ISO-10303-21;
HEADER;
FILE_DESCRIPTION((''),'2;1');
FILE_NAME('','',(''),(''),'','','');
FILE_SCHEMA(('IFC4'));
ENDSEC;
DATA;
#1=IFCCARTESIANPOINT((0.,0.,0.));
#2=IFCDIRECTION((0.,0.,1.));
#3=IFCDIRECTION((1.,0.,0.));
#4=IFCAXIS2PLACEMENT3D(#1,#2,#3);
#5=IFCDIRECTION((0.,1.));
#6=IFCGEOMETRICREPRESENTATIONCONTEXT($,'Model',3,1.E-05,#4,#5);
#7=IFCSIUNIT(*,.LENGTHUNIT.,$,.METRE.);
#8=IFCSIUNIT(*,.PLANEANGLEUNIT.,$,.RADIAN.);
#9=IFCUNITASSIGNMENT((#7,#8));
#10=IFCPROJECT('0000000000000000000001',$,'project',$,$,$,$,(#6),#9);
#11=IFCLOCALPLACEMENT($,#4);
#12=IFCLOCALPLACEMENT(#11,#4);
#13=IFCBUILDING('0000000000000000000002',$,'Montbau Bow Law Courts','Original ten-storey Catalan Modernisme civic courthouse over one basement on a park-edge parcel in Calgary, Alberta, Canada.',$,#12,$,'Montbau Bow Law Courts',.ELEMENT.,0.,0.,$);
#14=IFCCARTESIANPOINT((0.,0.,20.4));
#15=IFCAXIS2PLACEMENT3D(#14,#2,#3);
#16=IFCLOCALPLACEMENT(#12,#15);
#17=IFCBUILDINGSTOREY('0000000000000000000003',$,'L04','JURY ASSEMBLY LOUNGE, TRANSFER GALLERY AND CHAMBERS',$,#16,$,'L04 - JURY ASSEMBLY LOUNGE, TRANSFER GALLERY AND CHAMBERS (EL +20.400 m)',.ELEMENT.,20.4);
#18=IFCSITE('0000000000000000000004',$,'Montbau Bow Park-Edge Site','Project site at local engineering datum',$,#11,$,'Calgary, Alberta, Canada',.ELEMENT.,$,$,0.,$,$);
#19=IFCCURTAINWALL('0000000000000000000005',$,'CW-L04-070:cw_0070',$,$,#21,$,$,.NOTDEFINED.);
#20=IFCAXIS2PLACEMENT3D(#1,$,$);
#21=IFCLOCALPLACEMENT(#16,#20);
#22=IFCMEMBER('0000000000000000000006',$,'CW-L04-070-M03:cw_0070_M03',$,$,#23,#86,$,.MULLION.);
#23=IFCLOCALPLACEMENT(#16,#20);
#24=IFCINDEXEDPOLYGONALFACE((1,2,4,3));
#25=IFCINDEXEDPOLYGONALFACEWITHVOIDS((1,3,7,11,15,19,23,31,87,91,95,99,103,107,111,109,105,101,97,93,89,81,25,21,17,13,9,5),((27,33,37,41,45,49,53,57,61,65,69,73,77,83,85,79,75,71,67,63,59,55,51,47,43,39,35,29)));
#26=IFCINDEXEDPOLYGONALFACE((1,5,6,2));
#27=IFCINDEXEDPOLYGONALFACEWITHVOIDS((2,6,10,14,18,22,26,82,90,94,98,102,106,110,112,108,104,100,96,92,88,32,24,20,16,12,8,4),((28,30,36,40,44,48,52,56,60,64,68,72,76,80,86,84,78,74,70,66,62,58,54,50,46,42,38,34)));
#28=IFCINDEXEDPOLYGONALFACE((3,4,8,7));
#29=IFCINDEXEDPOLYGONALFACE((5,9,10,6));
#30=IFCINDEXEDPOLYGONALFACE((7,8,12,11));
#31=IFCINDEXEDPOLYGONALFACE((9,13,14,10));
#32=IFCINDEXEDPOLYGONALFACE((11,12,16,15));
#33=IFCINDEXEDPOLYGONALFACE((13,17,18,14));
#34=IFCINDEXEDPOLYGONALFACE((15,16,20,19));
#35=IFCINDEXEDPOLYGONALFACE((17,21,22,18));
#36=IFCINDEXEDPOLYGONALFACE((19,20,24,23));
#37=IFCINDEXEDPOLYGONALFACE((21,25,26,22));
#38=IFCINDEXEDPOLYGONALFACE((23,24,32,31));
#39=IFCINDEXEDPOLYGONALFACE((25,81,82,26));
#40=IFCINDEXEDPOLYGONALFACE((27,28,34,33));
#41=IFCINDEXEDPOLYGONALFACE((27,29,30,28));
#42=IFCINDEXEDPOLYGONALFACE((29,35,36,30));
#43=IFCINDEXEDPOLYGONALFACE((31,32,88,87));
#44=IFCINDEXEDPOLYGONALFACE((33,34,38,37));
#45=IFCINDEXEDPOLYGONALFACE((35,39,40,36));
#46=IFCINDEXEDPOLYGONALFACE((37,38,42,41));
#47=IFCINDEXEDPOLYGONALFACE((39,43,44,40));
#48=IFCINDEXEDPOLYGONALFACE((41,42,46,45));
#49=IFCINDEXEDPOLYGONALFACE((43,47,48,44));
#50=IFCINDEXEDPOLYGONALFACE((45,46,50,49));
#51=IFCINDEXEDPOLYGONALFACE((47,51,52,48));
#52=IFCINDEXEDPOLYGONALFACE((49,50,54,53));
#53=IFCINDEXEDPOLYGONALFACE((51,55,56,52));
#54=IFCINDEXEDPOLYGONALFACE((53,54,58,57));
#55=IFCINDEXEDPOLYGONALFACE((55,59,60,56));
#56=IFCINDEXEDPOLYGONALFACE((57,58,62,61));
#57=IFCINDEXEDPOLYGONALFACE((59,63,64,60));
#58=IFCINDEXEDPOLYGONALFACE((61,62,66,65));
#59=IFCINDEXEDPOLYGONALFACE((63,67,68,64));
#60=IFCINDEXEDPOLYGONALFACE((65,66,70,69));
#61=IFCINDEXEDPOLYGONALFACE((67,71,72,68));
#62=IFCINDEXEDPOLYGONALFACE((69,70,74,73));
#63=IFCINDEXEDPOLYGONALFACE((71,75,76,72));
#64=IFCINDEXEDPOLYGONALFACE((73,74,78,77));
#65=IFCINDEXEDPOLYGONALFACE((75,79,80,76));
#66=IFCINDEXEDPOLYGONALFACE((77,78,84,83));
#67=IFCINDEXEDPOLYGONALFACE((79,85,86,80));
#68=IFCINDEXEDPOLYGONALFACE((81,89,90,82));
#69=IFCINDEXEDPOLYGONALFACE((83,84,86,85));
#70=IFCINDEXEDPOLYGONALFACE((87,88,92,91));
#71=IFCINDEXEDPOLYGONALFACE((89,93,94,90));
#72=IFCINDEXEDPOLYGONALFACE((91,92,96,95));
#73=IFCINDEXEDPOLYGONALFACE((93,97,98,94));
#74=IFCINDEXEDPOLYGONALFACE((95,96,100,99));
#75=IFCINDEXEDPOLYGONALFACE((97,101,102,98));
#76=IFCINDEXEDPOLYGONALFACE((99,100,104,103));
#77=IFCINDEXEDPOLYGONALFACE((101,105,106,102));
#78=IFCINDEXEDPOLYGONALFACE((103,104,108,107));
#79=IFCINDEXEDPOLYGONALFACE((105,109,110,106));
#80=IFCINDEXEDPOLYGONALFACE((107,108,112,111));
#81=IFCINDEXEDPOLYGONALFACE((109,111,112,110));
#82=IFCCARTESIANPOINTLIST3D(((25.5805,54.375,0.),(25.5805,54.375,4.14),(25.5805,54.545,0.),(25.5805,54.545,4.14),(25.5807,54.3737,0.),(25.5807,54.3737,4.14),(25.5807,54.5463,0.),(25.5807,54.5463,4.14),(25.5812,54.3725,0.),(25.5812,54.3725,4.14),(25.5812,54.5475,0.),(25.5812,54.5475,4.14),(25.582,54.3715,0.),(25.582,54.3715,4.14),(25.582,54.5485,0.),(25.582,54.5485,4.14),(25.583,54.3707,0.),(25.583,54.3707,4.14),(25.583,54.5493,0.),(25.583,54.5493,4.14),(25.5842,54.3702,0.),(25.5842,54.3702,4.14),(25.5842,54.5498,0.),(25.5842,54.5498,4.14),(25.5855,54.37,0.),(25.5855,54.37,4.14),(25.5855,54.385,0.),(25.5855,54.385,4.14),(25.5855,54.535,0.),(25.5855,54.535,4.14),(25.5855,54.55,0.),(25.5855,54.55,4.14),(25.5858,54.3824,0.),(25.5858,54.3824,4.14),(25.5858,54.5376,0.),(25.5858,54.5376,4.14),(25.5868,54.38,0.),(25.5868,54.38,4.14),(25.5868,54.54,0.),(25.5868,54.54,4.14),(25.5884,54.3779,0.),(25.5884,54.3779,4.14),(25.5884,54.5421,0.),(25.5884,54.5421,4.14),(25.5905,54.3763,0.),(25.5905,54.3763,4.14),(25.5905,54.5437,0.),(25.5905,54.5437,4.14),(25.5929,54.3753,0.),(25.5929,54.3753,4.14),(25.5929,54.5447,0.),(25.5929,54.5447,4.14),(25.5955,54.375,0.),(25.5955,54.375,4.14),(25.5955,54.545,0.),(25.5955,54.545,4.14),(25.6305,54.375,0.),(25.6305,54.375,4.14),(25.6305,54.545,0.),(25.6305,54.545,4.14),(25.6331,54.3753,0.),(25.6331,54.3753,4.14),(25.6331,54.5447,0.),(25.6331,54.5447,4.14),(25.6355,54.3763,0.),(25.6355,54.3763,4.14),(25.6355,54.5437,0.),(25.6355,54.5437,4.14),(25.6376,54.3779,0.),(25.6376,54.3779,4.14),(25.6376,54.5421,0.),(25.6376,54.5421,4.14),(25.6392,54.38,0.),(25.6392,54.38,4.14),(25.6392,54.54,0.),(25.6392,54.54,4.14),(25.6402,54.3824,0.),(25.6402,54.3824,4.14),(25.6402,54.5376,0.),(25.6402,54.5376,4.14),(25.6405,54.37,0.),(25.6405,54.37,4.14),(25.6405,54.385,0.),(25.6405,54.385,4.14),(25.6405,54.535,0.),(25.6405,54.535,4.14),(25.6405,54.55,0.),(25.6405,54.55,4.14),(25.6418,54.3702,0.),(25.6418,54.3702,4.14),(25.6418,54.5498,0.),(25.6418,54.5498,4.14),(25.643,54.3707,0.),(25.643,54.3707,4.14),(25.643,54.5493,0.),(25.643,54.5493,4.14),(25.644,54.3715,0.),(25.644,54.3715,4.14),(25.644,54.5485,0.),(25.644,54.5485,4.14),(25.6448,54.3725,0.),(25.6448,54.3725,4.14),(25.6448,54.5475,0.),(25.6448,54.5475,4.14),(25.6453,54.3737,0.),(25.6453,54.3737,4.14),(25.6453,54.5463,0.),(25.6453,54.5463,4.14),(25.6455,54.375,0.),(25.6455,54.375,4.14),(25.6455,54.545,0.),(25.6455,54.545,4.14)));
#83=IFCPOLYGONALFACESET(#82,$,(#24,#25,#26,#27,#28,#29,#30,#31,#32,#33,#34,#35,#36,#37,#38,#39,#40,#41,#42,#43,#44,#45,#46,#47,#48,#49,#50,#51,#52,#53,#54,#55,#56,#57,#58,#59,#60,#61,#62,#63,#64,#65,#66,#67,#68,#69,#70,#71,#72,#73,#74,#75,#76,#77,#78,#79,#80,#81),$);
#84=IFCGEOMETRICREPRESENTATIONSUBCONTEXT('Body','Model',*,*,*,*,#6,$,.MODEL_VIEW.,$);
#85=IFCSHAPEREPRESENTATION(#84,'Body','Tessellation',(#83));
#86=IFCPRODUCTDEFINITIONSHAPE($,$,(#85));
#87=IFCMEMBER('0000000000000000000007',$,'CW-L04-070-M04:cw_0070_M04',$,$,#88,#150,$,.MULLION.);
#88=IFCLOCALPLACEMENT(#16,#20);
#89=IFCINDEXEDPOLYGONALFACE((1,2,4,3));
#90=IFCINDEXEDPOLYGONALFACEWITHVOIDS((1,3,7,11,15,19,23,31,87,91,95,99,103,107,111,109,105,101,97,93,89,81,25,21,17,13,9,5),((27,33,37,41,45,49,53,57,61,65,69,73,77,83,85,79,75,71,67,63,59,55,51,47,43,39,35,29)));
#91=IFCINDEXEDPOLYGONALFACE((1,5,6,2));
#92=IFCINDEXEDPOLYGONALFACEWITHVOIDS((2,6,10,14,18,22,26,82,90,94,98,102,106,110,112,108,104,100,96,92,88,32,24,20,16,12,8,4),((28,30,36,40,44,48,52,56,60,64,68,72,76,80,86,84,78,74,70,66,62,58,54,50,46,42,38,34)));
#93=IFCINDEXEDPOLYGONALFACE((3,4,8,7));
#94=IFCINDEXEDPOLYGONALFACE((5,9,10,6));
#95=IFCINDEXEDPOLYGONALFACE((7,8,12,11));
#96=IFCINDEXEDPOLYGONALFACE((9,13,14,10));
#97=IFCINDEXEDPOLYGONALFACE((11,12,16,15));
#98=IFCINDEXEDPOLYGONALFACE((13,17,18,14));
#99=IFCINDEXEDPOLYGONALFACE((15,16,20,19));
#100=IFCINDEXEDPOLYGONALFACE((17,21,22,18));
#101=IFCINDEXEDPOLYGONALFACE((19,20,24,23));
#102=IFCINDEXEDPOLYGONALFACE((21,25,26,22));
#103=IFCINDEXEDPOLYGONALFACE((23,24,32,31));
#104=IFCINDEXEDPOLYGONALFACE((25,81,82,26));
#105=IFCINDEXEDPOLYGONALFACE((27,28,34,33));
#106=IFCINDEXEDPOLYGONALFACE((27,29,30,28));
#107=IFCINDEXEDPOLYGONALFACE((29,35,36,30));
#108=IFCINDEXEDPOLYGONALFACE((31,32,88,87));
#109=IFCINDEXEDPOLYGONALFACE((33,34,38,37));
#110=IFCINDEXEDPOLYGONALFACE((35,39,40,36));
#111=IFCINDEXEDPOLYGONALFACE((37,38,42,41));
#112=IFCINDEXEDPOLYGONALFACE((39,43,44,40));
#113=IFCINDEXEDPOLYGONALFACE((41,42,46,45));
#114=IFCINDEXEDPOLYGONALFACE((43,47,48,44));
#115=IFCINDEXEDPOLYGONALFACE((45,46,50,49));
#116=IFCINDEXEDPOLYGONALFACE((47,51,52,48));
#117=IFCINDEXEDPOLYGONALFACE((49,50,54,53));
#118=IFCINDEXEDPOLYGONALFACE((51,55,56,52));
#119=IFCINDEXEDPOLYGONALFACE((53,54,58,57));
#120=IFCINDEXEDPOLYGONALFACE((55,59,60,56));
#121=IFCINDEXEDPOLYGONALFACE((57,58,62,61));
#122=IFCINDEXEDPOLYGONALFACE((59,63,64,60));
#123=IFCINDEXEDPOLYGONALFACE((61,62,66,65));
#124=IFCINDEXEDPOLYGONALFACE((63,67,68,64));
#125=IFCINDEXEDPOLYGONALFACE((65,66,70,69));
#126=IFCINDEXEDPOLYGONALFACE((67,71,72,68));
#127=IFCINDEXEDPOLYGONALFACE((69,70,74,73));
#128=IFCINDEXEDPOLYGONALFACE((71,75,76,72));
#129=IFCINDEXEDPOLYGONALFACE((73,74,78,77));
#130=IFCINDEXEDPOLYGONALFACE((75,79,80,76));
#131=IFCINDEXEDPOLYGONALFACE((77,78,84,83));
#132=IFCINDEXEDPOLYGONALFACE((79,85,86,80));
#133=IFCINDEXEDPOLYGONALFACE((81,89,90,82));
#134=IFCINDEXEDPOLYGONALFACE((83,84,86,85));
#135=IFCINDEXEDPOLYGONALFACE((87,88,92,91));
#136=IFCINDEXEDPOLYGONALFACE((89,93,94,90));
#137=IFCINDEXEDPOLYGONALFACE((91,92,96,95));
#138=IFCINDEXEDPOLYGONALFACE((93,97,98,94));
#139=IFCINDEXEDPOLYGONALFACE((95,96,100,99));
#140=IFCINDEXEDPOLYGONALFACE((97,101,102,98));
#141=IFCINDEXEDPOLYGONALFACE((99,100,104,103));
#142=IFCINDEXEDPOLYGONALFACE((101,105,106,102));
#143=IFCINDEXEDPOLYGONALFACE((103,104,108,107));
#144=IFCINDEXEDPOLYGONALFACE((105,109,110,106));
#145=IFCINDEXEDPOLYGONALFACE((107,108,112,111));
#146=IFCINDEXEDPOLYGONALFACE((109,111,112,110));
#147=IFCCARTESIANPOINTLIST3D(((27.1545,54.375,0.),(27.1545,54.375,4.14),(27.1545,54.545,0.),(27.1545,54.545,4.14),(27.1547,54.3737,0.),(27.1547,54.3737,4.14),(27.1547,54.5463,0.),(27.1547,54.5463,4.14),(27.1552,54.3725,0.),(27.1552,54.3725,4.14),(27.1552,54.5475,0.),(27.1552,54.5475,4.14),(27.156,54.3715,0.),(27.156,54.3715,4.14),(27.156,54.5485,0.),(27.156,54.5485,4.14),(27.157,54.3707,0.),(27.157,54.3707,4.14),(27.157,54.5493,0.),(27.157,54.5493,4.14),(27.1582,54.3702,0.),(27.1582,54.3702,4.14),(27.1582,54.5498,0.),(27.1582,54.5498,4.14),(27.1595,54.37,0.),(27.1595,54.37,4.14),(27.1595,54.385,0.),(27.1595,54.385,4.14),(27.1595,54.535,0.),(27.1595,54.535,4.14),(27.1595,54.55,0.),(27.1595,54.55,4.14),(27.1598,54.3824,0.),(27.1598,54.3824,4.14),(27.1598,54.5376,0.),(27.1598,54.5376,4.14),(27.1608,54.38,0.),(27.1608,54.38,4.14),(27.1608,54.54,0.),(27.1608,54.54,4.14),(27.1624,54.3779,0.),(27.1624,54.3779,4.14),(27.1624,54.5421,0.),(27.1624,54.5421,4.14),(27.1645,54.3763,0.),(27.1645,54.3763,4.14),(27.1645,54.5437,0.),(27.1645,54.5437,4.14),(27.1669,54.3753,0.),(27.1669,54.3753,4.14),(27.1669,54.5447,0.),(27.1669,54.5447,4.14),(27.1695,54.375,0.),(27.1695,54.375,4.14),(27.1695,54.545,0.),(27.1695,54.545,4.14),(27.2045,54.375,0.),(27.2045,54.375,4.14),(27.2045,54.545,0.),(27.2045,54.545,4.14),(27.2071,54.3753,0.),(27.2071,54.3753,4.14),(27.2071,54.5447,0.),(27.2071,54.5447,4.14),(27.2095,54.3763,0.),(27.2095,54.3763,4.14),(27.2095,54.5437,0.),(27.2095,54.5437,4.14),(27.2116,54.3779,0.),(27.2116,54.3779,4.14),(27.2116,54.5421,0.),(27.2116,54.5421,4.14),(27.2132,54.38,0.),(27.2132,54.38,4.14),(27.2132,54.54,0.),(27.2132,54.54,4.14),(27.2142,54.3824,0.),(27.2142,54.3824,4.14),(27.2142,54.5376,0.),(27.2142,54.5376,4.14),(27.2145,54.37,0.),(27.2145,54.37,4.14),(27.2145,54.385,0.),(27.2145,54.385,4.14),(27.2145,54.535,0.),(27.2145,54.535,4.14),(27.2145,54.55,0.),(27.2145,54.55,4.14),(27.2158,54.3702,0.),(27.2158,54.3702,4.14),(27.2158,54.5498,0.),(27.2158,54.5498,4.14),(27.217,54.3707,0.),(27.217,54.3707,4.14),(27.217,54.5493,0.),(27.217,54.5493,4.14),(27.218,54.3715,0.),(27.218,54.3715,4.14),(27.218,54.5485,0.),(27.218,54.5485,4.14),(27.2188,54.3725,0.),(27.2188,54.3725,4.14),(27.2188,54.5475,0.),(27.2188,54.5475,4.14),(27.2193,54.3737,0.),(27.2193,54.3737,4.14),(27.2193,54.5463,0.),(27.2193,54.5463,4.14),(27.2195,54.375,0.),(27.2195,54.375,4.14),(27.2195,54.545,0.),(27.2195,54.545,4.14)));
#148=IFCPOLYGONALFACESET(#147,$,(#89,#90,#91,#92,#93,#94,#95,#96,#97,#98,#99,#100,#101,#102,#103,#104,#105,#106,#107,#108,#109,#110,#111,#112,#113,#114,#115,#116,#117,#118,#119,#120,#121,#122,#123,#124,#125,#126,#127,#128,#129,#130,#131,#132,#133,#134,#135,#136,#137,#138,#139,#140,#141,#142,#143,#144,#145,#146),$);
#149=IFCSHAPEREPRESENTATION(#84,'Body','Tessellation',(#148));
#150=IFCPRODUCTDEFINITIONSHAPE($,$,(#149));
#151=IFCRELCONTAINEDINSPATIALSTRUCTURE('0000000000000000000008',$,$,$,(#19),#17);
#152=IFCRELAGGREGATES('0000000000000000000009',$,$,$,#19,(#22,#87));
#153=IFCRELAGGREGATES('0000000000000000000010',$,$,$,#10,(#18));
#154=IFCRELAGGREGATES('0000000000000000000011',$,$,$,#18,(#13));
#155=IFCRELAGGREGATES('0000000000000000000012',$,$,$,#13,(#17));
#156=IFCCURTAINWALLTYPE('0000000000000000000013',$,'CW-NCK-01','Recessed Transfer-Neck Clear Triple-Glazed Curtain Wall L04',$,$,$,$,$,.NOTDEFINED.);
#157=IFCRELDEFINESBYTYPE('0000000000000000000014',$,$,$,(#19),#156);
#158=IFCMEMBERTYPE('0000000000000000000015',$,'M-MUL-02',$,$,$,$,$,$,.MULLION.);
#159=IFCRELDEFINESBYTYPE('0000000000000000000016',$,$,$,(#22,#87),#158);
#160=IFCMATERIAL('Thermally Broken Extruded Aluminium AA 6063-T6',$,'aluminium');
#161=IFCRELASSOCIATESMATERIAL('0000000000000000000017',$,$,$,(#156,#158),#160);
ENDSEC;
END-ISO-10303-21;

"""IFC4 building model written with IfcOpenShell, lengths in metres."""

from ifc_helpers import new_model, si_unit, direction, frame, origin_with_axes, origin_2d_with_axis, place, context, subcontext, project, spatial, hollow_rectangle, extrude, material, material_profile, profile_set, type_object, element, aggregate, save


model = new_model("IFC4")

# Units and contexts
model_context = context("Model", 3, precision=1e-05, world=origin_with_axes(), true_north=direction((0.0, 1.0)))
body_context = subcontext(model_context, "Body", "Model", "MODEL_VIEW")
ifc_project = project(units=[si_unit("LENGTHUNIT", "METRE"), si_unit("PLANEANGLEUNIT", "RADIAN")], contexts=[model_context])

# Site, building, storey
site_placement = place(None, origin_with_axes())
site = spatial("IfcSite", under=ifc_project, at=site_placement, Name="Montbau Bow Park-Edge Site", Description="Project site at local engineering datum", LongName="Calgary, Alberta, Canada", CompositionType="ELEMENT", RefElevation=0.0)
building_placement = place(site_placement, origin_with_axes())
building = spatial("IfcBuilding", under=site, at=building_placement, Name="Montbau Bow Law Courts", Description="Original ten-storey Catalan Modernisme civic courthouse over one basement on a park-edge parcel in Calgary, Alberta, Canada.", LongName="Montbau Bow Law Courts", CompositionType="ELEMENT", ElevationOfRefHeight=0.0, ElevationOfTerrain=0.0)
storey_placement = place(building_placement, frame((0.0, 0.0, 20.4), z_axis=(0.0, 0.0, 1.0), x_axis=(1.0, 0.0, 0.0)))
storey = spatial("IfcBuildingStorey", under=building, at=storey_placement, Name="L04", Description="JURY ASSEMBLY LOUNGE, TRANSFER GALLERY AND CHAMBERS", LongName="L04 - JURY ASSEMBLY LOUNGE, TRANSFER GALLERY AND CHAMBERS (EL +20.400 m)", CompositionType="ELEMENT", Elevation=20.4)

# Curtain wall, members
ifc_material_1 = material(Name="Thermally Broken Extruded Aluminium AA 6063-T6", Category="aluminium")
curtain_wall_type = type_object("IfcCurtainWallType", Name="CW-NCK-01", Description="Recessed Transfer-Neck Clear Triple-Glazed Curtain Wall L04", PredefinedType="NOTDEFINED", material=ifc_material_1)
curtain_wall_placement = place(None, frame((22.467, 54.46, 20.4), z_axis=(0.0, 0.0, 1.0), x_axis=(1.0, 0.0, 0.0)))
curtain_wall = element("IfcCurtainWall", 1, at=curtain_wall_placement, inside=storey, type_object=curtain_wall_type, Name="CW-L04-070:cw_0070", PredefinedType="NOTDEFINED")
ifc_material_profile_1 = material_profile(ifc_material_1, hollow_rectangle(XDim=0.065, YDim=0.18, WallThickness=0.005, InnerFilletRadius=0.01, OuterFilletRadius=0.005, at=origin_2d_with_axis()), Name="CWM-180X65", Category="Main", Priority=0)
ifc_profile_set_1 = profile_set([ifc_material_profile_1], Name="Thermally Broken Extruded Aluminium AA 6063-T6")
member_type_1 = type_object("IfcMemberType", Name="M-MUL-02", PredefinedType="MULLION", material=ifc_profile_set_1)
member_1_placement = place(None, frame((25.613, 54.46, 20.4), z_axis=(0.0, 0.0, 1.0), x_axis=(1.0, 0.0, 0.0)))
member_1 = element("IfcMember", 2, at=member_1_placement, type_object=member_type_1, Name="CW-L04-070-M03:cw_0070_M03", PredefinedType="MULLION", context=body_context, shape_type="SweptSolid", body=[
    extrude(hollow_rectangle(XDim=0.065, YDim=0.18, WallThickness=0.005, InnerFilletRadius=0.01, OuterFilletRadius=0.005, at=origin_2d_with_axis()), origin_with_axes(), (0.0, 0.0, 1.0), 4.14),
])
member_2_placement = place(None, frame((27.187, 54.46, 20.4), z_axis=(0.0, 0.0, 1.0), x_axis=(1.0, 0.0, 0.0)))
member_2 = element("IfcMember", 3, at=member_2_placement, type_object=member_type_1, Name="CW-L04-070-M04:cw_0070_M04", PredefinedType="MULLION", context=body_context, shape_type="SweptSolid", body=[
    extrude(hollow_rectangle(XDim=0.065, YDim=0.18, WallThickness=0.005, InnerFilletRadius=0.01, OuterFilletRadius=0.005, at=origin_2d_with_axis()), origin_with_axes(), (0.0, 0.0, 1.0), 4.14),
])
aggregate(curtain_wall, [member_1, member_2])

save(model, "model.ifc")
